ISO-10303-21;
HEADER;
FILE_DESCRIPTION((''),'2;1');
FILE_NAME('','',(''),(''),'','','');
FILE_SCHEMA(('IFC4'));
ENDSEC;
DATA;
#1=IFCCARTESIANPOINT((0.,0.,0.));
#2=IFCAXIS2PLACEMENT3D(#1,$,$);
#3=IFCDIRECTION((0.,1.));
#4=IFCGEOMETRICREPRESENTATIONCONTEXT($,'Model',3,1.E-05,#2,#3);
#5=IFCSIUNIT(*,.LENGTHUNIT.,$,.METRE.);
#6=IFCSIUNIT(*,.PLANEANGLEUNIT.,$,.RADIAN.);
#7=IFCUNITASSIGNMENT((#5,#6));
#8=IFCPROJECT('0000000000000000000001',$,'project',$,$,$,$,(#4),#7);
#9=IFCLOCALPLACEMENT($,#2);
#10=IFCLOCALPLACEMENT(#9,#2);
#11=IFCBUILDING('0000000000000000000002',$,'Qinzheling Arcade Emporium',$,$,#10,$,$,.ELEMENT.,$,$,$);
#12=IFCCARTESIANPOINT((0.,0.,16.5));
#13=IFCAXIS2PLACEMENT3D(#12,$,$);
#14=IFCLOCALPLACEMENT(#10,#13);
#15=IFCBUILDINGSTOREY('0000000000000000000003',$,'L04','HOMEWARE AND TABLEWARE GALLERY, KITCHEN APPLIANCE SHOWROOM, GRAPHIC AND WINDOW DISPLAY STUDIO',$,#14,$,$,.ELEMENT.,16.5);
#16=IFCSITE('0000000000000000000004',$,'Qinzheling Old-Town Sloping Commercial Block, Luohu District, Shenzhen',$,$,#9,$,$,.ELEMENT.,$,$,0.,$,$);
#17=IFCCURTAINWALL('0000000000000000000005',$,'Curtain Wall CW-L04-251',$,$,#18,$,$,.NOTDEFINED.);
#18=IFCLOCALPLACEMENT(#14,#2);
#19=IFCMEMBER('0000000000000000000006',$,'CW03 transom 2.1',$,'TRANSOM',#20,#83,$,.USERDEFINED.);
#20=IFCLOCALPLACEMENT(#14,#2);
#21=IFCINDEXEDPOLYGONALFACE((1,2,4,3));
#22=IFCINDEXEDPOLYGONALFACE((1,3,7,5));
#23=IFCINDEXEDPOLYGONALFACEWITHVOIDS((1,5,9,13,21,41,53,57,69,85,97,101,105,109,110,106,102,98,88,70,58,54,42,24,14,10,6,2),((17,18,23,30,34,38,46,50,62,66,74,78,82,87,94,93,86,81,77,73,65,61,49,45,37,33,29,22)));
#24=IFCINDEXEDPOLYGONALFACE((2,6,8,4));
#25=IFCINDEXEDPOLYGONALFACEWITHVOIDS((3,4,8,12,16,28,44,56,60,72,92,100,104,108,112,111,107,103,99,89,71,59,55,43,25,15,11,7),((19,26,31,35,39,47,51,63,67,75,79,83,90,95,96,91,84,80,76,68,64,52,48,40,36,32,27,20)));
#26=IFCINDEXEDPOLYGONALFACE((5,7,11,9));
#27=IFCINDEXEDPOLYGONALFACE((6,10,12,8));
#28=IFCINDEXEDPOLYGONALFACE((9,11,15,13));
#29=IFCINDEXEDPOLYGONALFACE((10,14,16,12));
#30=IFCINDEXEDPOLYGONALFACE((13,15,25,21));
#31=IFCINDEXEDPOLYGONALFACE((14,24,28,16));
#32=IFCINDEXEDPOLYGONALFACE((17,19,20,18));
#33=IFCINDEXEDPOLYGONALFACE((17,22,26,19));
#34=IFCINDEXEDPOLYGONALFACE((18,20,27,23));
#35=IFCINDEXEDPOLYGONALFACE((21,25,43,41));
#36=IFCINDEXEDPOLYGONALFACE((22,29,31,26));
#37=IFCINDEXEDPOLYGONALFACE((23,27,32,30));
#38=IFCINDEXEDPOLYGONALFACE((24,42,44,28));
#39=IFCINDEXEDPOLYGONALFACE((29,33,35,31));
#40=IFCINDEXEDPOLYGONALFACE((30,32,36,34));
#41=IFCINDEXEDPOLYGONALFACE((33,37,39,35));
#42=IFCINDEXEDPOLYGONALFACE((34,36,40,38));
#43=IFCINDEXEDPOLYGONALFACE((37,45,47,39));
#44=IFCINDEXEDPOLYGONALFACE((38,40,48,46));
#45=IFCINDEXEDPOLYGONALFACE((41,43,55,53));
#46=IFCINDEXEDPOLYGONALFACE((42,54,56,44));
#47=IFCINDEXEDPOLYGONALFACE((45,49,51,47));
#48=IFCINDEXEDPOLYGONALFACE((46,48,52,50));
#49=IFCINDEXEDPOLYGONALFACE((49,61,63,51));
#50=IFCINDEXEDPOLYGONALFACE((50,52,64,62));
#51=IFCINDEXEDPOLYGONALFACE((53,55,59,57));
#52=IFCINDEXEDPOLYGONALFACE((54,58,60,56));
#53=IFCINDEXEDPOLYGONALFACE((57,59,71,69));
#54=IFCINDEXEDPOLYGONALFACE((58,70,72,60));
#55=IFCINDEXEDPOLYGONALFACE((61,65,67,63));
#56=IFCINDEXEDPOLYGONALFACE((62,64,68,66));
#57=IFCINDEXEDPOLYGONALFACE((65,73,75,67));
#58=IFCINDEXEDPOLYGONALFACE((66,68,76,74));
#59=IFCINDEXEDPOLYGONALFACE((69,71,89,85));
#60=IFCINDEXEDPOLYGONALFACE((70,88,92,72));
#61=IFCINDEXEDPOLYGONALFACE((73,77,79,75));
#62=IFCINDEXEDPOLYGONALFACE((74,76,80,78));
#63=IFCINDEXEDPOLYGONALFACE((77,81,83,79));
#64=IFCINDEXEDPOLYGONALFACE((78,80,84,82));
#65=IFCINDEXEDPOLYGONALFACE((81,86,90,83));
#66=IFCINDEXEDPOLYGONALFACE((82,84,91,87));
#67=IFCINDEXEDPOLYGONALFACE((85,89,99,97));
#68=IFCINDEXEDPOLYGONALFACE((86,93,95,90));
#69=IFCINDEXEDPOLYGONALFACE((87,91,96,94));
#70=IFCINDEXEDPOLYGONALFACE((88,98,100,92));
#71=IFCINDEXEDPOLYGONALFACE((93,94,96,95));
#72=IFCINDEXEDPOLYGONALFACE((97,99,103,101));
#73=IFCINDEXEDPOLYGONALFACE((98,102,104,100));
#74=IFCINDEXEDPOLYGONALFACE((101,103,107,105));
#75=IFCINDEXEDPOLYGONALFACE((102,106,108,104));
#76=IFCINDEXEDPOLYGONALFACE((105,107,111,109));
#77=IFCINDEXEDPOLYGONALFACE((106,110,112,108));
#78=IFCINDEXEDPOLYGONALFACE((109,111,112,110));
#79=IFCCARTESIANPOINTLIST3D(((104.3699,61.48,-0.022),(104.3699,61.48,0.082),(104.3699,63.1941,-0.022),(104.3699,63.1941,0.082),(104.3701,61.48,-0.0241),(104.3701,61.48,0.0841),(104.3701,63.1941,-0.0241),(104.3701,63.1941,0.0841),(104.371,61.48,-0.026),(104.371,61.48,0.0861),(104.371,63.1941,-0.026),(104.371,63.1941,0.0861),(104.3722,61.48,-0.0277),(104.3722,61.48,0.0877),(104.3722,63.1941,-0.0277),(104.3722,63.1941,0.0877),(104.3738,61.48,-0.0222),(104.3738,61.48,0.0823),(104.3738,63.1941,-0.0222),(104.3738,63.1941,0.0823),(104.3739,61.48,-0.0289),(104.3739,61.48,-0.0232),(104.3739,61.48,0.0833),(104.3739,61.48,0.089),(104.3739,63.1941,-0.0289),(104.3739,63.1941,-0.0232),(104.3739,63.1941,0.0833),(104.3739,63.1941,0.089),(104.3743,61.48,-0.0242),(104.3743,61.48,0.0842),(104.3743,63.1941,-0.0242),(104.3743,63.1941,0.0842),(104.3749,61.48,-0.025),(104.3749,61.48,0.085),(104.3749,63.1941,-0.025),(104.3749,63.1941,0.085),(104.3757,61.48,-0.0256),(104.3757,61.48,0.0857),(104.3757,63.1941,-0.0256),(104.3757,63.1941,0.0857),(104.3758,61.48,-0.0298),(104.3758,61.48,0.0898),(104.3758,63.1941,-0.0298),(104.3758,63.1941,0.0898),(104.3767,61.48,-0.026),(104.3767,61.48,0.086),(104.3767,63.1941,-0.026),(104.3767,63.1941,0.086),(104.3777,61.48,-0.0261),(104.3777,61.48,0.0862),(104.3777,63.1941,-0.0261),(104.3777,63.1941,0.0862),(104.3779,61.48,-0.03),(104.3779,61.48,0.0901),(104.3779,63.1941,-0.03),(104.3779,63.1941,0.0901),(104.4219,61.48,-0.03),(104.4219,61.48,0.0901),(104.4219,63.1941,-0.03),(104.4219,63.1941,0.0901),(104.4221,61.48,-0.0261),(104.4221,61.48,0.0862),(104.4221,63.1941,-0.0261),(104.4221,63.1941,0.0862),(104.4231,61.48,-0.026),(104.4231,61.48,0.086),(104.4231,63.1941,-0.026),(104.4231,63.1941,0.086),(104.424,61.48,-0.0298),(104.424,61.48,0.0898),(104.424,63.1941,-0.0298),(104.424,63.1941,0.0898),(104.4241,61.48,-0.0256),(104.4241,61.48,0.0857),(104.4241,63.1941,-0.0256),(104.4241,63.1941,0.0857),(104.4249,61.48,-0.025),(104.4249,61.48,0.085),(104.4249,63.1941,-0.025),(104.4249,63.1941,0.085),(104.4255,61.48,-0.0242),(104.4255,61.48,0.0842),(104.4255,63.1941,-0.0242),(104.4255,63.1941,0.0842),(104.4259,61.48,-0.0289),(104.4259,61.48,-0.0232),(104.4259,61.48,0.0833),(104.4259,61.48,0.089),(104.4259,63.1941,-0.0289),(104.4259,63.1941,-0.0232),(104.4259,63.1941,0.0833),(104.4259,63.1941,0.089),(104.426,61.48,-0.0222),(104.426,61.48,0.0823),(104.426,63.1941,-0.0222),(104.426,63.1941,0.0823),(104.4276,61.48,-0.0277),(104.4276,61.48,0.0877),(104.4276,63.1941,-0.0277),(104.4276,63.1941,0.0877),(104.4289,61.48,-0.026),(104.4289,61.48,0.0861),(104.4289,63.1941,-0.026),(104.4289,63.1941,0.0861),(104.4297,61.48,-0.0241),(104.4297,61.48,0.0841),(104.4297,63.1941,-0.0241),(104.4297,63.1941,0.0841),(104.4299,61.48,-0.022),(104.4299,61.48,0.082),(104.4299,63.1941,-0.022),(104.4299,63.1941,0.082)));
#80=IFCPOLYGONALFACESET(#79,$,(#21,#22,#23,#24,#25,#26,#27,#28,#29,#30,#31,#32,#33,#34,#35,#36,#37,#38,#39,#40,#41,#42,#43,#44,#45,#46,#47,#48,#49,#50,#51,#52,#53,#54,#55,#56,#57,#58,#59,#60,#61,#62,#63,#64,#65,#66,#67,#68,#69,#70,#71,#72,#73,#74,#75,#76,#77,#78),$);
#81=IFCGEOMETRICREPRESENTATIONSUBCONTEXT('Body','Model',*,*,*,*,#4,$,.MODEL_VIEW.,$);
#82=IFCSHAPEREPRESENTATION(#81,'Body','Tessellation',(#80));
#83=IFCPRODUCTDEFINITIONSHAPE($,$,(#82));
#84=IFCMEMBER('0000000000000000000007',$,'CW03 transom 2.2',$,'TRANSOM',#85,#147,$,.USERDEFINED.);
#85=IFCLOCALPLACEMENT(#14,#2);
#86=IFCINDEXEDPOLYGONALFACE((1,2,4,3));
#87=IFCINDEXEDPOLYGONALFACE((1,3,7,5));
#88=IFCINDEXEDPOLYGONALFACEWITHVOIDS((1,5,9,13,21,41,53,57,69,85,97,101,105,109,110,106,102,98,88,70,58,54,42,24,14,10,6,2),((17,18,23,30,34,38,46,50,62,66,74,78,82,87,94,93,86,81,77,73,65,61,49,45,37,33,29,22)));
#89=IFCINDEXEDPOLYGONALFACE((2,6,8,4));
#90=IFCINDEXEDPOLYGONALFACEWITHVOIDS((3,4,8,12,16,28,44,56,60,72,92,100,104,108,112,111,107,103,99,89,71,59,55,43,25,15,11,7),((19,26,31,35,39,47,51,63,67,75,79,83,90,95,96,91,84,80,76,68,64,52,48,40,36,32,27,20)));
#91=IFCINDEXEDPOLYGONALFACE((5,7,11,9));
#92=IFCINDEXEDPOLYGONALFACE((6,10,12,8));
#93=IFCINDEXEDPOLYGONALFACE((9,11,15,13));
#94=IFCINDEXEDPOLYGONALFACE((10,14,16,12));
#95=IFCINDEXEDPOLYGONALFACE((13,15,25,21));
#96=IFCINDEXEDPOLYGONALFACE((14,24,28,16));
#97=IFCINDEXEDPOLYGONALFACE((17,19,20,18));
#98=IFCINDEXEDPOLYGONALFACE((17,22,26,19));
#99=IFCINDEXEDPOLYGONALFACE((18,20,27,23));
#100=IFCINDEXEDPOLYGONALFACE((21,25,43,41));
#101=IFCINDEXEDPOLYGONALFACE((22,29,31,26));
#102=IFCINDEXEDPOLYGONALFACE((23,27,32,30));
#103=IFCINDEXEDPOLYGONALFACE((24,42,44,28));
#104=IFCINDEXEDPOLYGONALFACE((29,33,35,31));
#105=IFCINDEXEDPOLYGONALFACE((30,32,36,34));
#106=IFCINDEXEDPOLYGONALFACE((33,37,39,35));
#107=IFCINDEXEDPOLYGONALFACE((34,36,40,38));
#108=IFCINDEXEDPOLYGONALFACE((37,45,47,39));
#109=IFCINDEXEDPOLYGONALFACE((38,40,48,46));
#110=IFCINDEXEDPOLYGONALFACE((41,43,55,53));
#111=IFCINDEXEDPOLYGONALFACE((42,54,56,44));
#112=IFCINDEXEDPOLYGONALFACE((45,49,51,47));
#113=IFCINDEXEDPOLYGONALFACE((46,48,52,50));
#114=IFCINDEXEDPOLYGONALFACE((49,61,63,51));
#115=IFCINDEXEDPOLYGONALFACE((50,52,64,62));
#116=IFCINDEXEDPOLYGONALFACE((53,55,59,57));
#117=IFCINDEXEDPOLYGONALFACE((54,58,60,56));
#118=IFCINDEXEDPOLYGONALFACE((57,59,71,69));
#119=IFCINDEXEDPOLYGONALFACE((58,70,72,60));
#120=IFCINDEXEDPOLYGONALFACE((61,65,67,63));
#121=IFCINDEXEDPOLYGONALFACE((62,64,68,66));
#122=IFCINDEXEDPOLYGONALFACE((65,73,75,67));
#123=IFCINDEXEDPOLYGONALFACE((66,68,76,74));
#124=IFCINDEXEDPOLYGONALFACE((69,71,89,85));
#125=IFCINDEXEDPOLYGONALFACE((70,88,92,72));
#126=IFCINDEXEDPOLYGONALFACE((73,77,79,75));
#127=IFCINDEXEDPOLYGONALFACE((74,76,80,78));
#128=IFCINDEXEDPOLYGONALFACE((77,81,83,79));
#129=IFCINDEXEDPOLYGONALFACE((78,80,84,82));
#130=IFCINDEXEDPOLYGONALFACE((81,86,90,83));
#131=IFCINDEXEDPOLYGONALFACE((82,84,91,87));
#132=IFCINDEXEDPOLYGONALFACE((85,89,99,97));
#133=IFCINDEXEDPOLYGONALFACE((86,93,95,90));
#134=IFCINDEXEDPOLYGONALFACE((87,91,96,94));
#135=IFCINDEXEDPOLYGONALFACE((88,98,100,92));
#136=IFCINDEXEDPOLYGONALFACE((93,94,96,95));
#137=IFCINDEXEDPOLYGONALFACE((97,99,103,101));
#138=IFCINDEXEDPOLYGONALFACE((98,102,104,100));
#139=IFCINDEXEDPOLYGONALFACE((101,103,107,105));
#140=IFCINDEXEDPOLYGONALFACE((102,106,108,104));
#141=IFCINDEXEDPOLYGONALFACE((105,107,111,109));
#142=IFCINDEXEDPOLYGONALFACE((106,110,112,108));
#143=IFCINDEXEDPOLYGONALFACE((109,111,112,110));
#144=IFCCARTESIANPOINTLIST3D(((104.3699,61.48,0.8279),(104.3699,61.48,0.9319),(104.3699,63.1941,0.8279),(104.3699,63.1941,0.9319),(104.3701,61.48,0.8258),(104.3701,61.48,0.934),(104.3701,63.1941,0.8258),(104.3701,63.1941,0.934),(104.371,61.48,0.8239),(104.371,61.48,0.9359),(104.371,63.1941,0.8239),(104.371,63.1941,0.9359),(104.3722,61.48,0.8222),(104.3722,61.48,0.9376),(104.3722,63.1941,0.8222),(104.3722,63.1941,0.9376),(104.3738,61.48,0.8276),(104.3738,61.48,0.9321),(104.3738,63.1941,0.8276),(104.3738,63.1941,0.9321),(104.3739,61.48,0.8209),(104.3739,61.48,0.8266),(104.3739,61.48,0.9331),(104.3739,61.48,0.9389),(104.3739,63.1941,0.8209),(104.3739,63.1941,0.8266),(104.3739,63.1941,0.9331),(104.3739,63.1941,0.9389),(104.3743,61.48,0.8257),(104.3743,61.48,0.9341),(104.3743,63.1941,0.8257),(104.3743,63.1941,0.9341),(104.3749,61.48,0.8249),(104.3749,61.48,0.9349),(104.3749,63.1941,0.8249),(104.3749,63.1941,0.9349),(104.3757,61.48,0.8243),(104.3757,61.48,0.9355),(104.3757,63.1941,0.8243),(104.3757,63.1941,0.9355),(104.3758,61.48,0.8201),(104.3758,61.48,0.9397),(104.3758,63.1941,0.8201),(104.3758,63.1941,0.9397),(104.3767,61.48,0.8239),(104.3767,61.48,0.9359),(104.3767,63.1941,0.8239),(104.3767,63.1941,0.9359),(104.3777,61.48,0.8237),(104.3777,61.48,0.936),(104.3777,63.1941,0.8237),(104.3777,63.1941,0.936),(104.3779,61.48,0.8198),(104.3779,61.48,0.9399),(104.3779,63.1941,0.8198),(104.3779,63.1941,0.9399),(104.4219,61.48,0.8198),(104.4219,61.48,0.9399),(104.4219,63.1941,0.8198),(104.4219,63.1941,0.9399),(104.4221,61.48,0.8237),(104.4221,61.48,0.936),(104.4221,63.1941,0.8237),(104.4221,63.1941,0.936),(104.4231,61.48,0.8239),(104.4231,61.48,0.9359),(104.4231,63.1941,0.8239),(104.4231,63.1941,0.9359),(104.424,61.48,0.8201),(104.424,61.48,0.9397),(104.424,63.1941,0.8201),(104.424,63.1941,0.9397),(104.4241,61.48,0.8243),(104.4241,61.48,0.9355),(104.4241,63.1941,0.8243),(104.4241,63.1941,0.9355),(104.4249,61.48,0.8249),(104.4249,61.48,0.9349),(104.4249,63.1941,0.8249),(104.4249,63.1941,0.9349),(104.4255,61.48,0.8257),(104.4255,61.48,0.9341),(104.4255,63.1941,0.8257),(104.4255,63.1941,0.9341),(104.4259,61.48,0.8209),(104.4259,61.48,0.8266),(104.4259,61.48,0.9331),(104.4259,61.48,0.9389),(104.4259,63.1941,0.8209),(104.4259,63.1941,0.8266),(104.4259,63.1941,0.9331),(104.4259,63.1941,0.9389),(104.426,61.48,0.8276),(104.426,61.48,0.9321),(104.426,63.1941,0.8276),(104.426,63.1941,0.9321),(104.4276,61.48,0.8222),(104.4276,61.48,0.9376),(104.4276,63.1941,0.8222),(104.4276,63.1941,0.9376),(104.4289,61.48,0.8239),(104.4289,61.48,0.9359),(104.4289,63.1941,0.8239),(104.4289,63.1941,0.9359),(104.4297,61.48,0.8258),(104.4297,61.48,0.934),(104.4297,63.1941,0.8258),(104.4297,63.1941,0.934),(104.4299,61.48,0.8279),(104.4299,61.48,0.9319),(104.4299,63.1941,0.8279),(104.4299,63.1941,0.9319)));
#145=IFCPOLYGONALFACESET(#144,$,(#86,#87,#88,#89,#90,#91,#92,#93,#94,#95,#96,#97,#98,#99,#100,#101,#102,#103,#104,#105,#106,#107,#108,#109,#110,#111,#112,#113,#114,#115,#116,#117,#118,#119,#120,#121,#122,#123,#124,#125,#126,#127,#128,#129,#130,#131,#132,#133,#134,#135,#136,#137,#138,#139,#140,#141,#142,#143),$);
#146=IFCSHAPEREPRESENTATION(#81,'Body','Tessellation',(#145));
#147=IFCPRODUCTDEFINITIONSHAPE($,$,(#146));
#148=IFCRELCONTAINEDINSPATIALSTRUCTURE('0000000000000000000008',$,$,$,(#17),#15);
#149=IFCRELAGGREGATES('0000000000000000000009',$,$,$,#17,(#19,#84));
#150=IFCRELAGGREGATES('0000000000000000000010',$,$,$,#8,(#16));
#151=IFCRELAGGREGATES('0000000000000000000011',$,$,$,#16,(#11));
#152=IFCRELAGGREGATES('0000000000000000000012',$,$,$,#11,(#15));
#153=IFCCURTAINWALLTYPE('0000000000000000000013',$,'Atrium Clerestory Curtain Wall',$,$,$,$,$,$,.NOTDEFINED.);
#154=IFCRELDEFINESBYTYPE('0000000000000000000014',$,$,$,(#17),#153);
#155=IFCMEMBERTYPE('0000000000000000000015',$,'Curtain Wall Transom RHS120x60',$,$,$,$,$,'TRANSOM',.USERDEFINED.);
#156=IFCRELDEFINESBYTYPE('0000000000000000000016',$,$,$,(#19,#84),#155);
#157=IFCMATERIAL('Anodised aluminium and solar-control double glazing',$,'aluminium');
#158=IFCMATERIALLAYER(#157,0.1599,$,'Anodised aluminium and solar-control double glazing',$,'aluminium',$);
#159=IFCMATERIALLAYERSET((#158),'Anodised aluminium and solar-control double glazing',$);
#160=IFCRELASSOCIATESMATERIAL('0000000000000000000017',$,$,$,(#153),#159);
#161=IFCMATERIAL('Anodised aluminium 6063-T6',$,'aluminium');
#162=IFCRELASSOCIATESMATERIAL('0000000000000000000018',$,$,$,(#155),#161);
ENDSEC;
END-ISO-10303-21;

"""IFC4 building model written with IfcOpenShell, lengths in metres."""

from ifc_helpers import new_model, si_unit, direction, frame, origin, origin_2d, place, context, subcontext, project, spatial, hollow_rectangle, extrude, material, layer, layer_set, material_profile, profile_set, type_object, element, aggregate, save


model = new_model("IFC4")

# Units and contexts
model_context = context("Model", 3, precision=1e-05, world=origin(), true_north=direction((0.0, 1.0)))
body_context = subcontext(model_context, "Body", "Model", "MODEL_VIEW")
ifc_project = project(units=[si_unit("LENGTHUNIT", "METRE"), si_unit("PLANEANGLEUNIT", "RADIAN")], contexts=[model_context])

# Site, building, storey
site_placement = place(None, origin())
site = spatial("IfcSite", under=ifc_project, at=site_placement, Name="Qinzheling Old-Town Sloping Commercial Block, Luohu District, Shenzhen", CompositionType="ELEMENT", RefElevation=0.0)
building_placement = place(site_placement, origin())
building = spatial("IfcBuilding", under=site, at=building_placement, Name="Qinzheling Arcade Emporium", CompositionType="ELEMENT")
storey_placement = place(building_placement, frame((0.0, 0.0, 16.5)))
storey = spatial("IfcBuildingStorey", under=building, at=storey_placement, Name="L04", Description="HOMEWARE AND TABLEWARE GALLERY, KITCHEN APPLIANCE SHOWROOM, GRAPHIC AND WINDOW DISPLAY STUDIO", CompositionType="ELEMENT", Elevation=16.5)

# Curtain wall
ifc_material_1 = material(Name="Anodised aluminium and solar-control double glazing", Category="aluminium")
ifc_layer_1 = layer(ifc_material_1, 0.1599, Name="Anodised aluminium and solar-control double glazing", Category="aluminium")
ifc_layer_set_1 = layer_set([ifc_layer_1], Name="Anodised aluminium and solar-control double glazing")
curtain_wall_type = type_object("IfcCurtainWallType", Name="Atrium Clerestory Curtain Wall", PredefinedType="NOTDEFINED", material=ifc_layer_set_1)
curtain_wall_1_placement = place(storey_placement, origin())
curtain_wall_1 = element("IfcCurtainWall", 1, at=curtain_wall_1_placement, inside=storey, type_object=curtain_wall_type, Name="Curtain Wall CW-L04-251", PredefinedType="NOTDEFINED")
ifc_material_2 = material(Name="Anodised aluminium 6063-T6", Category="aluminium")

# Members
ifc_material_profile_1 = material_profile(ifc_material_2, hollow_rectangle(XDim=0.0601, YDim=0.1201, WallThickness=0.0039, InnerFilletRadius=0.0039, OuterFilletRadius=0.0081, at=origin_2d()), Name="RHS 120x60x4", Category="aluminium")
ifc_profile_set_1 = profile_set([ifc_material_profile_1], Name="Anodised aluminium 6063-T6")
member_type_1 = type_object("IfcMemberType", Name="Curtain Wall Transom RHS120x60", ElementType="TRANSOM", PredefinedType="USERDEFINED", material=ifc_profile_set_1)
member_1_placement = place(storey_placement, frame((104.3999, 63.1941, 0.03), z_axis=(0.0, -1.0, 0.0), x_axis=(1.0, 0.0, 0.0)))
member_1 = element("IfcMember", 2, at=member_1_placement, type_object=member_type_1, Name="CW03 transom 2.1", ObjectType="TRANSOM", PredefinedType="USERDEFINED", context=body_context, shape_type="SweptSolid", body=[
    extrude(hollow_rectangle(XDim=0.0601, YDim=0.1201, WallThickness=0.0039, InnerFilletRadius=0.0039, OuterFilletRadius=0.0081, at=origin_2d()), origin(), (0.0, 0.0, 1.0), 1.7141),
])
member_2_placement = place(storey_placement, frame((104.3999, 63.1941, 0.8799), z_axis=(0.0, -1.0, 0.0), x_axis=(1.0, 0.0, 0.0)))
member_2 = element("IfcMember", 3, at=member_2_placement, type_object=member_type_1, Name="CW03 transom 2.2", ObjectType="TRANSOM", PredefinedType="USERDEFINED", context=body_context, shape_type="SweptSolid", body=[
    extrude(hollow_rectangle(XDim=0.0601, YDim=0.1201, WallThickness=0.0039, InnerFilletRadius=0.0039, OuterFilletRadius=0.0081, at=origin_2d()), origin(), (0.0, 0.0, 1.0), 1.7141),
])

aggregate(curtain_wall_1, [member_1, member_2])

save(model, "model.ifc")
